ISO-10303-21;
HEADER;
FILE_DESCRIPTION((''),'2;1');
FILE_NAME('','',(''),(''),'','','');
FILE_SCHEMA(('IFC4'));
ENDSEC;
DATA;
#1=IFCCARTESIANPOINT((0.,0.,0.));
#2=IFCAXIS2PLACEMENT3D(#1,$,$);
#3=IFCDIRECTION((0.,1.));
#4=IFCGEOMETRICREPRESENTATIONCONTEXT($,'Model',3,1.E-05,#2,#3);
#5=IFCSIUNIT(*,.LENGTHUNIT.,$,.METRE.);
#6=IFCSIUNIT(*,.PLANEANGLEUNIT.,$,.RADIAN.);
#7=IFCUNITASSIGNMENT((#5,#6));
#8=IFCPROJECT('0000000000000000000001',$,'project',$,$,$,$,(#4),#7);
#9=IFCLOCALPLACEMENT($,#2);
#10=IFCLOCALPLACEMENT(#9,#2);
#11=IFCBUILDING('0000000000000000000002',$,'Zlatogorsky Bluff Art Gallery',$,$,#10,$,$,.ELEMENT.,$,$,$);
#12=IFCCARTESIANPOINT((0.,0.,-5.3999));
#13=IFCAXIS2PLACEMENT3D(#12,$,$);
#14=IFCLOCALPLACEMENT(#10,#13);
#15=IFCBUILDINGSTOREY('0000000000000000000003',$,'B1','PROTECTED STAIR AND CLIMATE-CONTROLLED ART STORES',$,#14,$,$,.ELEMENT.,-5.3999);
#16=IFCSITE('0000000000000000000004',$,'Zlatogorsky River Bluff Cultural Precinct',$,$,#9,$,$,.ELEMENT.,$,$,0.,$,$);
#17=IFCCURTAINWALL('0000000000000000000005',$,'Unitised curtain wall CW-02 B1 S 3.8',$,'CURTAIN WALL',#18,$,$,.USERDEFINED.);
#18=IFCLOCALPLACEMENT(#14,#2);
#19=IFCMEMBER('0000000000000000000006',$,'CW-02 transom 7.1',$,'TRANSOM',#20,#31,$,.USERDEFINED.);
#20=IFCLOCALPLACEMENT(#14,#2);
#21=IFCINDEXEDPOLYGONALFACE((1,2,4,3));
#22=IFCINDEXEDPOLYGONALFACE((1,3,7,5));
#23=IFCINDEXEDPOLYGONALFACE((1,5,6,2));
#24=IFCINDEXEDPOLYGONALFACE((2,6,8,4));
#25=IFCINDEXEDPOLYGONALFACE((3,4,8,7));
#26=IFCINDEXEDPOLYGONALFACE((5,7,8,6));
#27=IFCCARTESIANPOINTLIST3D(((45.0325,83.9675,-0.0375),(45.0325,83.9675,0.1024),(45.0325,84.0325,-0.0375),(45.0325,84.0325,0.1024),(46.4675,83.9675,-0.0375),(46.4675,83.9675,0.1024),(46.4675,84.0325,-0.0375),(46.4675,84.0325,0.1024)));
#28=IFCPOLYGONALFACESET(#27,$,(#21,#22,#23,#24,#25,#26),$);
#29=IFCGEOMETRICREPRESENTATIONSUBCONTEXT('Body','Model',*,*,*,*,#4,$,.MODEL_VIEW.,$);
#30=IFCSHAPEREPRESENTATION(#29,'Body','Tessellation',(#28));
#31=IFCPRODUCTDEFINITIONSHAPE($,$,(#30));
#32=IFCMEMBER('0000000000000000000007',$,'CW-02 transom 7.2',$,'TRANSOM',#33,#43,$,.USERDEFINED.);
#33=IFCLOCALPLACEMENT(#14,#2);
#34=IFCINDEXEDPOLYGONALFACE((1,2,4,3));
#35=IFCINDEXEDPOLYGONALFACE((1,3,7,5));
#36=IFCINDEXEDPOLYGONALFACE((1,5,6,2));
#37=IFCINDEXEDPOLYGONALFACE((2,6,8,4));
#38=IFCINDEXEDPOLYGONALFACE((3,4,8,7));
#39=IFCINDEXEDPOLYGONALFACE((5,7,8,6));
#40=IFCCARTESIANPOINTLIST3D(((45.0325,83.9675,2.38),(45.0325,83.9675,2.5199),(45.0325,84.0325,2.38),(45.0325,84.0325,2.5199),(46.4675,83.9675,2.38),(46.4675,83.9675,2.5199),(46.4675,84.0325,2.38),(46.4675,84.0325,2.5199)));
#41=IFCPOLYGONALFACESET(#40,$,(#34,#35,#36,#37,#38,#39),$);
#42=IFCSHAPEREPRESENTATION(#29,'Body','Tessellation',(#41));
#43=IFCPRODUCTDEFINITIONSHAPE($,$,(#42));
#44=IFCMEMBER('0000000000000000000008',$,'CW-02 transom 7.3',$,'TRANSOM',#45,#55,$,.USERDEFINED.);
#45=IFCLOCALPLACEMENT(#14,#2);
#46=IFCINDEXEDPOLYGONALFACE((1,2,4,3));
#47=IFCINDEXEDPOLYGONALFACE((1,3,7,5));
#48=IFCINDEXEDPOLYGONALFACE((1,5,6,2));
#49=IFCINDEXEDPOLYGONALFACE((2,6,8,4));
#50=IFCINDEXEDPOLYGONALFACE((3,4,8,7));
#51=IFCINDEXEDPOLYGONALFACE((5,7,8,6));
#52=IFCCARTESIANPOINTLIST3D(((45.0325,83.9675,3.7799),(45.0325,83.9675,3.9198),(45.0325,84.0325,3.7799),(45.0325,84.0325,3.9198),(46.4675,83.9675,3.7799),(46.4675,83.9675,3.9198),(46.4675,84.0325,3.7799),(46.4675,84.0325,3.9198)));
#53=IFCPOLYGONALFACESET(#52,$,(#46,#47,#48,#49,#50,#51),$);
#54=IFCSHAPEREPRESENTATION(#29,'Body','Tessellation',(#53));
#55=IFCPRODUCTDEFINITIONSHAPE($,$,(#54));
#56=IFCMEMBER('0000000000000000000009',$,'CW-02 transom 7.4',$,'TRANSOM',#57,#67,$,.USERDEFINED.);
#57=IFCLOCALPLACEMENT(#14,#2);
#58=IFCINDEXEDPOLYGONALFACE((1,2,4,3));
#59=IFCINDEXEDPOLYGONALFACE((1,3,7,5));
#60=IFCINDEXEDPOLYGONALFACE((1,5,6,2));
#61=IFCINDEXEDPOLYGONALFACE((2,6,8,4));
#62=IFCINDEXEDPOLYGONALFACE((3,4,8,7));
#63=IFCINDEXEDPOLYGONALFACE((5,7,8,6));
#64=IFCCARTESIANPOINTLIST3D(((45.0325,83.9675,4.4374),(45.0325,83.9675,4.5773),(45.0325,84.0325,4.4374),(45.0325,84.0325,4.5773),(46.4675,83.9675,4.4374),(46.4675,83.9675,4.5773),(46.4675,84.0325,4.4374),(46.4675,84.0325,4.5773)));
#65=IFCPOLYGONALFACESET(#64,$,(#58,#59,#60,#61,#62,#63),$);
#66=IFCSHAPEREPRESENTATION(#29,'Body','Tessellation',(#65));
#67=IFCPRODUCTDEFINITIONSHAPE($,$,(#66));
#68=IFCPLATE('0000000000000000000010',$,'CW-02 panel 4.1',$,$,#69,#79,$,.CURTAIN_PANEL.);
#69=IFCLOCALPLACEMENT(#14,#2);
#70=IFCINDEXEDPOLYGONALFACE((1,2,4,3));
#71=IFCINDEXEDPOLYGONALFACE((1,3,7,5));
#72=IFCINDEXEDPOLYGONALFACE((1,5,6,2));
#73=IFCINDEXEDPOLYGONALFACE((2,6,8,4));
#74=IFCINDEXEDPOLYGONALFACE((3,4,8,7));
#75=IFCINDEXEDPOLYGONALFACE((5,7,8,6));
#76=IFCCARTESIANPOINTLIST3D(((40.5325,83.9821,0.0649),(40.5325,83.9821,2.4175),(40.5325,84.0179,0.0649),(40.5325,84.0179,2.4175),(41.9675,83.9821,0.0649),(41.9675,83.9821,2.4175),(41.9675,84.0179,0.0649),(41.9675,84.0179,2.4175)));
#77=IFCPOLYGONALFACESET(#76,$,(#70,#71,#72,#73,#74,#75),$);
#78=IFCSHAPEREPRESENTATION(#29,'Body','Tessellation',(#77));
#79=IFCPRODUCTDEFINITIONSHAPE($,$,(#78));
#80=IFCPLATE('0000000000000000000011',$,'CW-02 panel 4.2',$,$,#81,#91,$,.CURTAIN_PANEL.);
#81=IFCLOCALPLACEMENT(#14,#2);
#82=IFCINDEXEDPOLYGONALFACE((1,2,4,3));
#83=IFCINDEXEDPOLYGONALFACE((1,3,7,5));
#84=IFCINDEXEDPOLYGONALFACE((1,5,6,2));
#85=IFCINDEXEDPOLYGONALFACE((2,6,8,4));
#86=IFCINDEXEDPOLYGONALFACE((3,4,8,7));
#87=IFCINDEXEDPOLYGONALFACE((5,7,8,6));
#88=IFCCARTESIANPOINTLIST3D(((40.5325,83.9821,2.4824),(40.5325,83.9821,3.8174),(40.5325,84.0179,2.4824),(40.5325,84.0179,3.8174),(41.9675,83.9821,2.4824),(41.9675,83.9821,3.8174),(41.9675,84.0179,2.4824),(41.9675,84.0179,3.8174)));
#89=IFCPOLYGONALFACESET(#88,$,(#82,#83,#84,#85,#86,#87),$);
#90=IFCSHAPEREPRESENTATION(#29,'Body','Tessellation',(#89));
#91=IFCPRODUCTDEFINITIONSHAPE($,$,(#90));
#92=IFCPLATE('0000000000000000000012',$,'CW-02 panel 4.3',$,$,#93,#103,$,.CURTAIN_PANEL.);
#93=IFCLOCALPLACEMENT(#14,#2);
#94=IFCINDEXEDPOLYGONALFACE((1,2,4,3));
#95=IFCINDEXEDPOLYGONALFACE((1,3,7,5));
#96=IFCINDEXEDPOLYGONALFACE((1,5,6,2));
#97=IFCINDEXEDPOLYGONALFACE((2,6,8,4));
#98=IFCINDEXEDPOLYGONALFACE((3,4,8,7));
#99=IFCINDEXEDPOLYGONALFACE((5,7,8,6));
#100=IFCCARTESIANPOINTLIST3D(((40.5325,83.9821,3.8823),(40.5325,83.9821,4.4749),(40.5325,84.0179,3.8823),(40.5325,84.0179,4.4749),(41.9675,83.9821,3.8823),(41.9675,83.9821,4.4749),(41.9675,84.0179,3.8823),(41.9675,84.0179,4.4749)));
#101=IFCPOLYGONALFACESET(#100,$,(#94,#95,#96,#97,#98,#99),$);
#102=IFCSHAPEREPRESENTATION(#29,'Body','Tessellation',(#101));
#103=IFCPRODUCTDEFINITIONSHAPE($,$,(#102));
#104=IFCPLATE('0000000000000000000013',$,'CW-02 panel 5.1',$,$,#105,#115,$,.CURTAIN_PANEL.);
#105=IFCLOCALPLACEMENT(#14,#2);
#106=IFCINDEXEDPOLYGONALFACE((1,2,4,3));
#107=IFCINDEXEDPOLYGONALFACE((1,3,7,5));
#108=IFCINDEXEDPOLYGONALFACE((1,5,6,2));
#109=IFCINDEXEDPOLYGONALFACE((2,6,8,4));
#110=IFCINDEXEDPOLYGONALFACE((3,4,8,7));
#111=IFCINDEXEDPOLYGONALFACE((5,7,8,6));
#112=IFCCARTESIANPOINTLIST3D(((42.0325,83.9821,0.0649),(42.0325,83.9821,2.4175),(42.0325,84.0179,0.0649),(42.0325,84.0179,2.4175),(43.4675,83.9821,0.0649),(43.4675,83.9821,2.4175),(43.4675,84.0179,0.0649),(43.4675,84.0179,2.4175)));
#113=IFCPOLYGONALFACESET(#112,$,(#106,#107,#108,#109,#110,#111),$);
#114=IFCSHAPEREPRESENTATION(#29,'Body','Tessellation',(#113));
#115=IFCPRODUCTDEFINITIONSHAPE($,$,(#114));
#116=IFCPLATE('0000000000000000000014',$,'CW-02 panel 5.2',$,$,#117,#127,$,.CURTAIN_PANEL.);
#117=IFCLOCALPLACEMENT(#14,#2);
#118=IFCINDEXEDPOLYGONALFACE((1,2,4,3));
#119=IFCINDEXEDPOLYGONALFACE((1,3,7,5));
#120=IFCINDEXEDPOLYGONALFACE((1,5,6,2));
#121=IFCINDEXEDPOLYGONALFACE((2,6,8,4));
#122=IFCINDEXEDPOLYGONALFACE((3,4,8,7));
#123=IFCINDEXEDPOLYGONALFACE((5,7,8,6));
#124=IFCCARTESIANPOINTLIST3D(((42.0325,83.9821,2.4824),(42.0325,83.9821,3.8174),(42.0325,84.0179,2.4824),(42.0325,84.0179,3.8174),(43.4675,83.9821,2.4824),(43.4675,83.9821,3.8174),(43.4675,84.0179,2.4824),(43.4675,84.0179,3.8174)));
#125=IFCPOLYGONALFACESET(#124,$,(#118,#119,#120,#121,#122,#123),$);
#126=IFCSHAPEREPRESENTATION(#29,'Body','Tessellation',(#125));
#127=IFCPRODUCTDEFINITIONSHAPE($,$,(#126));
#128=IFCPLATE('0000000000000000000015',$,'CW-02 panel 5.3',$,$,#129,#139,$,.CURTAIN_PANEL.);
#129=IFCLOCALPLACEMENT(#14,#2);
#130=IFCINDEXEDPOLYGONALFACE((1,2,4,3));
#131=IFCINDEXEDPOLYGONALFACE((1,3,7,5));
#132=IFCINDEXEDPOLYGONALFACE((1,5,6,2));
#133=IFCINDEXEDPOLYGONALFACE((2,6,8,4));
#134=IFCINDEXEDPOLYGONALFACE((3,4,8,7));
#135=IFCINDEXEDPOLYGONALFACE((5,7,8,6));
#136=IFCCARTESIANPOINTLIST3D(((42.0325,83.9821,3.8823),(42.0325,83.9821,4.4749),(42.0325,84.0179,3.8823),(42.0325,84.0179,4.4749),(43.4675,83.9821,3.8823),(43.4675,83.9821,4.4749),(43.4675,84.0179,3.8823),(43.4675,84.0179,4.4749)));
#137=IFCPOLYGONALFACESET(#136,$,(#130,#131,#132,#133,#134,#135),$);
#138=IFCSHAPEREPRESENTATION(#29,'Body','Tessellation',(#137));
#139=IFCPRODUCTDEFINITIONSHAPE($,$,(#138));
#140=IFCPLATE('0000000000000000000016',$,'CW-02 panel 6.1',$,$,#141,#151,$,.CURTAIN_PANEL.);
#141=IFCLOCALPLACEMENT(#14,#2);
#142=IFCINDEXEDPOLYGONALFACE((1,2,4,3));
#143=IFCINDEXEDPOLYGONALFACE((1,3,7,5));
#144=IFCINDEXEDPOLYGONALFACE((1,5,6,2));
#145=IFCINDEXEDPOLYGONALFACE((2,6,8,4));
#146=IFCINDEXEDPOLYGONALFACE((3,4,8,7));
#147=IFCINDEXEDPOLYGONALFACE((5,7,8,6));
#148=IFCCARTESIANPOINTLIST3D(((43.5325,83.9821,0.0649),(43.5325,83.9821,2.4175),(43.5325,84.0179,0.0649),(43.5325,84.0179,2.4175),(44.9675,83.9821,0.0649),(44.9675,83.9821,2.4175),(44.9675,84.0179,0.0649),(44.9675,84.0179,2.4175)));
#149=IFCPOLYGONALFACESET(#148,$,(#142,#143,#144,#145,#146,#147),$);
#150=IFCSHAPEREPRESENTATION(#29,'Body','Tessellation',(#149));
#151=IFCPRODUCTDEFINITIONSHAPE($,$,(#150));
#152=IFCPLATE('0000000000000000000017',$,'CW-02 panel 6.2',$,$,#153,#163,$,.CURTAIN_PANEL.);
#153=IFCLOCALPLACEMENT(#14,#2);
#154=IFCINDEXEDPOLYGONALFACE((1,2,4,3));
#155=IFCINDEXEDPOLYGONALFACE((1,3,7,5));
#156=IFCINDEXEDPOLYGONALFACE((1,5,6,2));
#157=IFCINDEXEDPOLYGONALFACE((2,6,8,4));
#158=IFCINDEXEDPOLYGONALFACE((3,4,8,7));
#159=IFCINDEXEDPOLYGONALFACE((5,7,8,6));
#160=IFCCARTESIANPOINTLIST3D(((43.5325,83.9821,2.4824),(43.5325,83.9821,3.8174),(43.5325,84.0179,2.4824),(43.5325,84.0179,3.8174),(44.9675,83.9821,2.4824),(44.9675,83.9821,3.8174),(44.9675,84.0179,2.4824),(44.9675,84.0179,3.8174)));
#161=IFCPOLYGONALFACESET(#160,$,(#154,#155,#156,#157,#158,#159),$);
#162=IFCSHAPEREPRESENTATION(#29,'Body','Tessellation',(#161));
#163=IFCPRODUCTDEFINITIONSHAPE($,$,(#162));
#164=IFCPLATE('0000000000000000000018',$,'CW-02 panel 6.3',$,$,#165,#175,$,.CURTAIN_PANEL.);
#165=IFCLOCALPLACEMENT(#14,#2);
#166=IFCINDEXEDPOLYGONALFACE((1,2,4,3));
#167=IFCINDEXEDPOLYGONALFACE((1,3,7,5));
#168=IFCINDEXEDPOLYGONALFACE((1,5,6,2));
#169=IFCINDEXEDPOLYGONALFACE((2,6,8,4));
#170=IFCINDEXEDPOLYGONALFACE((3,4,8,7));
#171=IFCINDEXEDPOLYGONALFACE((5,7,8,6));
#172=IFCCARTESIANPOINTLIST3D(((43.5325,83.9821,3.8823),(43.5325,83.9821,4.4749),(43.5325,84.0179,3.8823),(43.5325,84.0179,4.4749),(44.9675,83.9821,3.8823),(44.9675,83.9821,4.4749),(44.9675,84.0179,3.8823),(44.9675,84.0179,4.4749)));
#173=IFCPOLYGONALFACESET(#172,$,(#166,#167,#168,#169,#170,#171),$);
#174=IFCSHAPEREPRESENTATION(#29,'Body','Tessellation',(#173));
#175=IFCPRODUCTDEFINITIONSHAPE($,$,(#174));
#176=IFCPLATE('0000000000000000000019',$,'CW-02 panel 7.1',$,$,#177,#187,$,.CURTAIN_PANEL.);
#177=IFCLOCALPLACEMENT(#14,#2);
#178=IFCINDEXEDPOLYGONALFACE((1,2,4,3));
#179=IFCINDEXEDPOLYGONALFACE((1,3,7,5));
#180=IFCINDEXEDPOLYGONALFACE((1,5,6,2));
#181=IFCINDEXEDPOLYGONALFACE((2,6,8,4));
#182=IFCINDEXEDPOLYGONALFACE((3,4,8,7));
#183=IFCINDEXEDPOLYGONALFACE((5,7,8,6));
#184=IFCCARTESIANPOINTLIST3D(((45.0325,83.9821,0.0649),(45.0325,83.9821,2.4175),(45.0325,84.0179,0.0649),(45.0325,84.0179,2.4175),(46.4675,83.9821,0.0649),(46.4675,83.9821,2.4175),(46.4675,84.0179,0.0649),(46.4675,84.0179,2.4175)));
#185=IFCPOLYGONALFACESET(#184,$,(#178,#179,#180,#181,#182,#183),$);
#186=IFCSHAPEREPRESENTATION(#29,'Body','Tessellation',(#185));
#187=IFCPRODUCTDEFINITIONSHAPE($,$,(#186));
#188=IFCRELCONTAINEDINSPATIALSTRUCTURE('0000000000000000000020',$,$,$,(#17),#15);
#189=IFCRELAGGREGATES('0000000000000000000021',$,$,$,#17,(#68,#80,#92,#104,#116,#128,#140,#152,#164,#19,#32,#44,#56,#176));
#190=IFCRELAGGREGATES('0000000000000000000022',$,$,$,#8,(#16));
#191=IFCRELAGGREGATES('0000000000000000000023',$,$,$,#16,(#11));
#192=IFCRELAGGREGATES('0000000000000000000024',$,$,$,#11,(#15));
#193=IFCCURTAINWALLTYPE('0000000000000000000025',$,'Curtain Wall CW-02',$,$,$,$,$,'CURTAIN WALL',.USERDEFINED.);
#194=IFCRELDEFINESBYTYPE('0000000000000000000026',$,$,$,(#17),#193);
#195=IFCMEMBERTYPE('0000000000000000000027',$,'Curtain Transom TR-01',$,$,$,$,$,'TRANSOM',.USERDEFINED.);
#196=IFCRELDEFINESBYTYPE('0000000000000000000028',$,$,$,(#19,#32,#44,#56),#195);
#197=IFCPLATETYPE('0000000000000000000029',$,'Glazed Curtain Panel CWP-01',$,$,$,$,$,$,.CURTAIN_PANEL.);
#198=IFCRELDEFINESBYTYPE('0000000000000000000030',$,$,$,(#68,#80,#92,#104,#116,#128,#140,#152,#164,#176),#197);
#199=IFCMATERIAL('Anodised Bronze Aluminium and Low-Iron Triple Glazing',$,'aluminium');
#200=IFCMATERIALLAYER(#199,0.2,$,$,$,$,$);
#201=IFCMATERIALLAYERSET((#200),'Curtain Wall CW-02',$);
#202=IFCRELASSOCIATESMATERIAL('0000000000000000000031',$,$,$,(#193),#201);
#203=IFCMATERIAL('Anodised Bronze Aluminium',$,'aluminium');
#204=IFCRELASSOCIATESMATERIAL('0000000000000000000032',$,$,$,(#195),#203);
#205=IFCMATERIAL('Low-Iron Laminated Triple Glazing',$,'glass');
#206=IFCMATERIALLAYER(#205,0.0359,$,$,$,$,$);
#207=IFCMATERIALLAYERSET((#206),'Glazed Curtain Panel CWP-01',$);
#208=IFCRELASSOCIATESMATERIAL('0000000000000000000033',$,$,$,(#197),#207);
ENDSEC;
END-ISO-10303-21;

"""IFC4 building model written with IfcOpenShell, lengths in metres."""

from ifc_helpers import new_model, si_unit, direction, frame, origin, origin_2d, place, context, subcontext, project, spatial, rectangle, extrude, material, layer, layer_set, material_profile, profile_set, type_object, element, aggregate, save


model = new_model("IFC4")

# Units and contexts
model_context = context("Model", 3, precision=1e-05, world=origin(), true_north=direction((0.0, 1.0)))
body_context = subcontext(model_context, "Body", "Model", "MODEL_VIEW")
ifc_project = project(units=[si_unit("LENGTHUNIT", "METRE"), si_unit("PLANEANGLEUNIT", "RADIAN")], contexts=[model_context])

# Site, building, storey
site_placement = place(None, origin())
site = spatial("IfcSite", under=ifc_project, at=site_placement, Name="Zlatogorsky River Bluff Cultural Precinct", CompositionType="ELEMENT", RefElevation=0.0)
building_placement = place(site_placement, origin())
building = spatial("IfcBuilding", under=site, at=building_placement, Name="Zlatogorsky Bluff Art Gallery", CompositionType="ELEMENT")
storey_placement = place(building_placement, frame((0.0, 0.0, -5.3999)))
storey = spatial("IfcBuildingStorey", under=building, at=storey_placement, Name="B1", Description="PROTECTED STAIR AND CLIMATE-CONTROLLED ART STORES", CompositionType="ELEMENT", Elevation=-5.3999)

# Curtain wall, members, plates
ifc_material_1 = material(Name="Anodised Bronze Aluminium and Low-Iron Triple Glazing", Category="aluminium")
ifc_layer_1 = layer(ifc_material_1, 0.2)
ifc_layer_set_1 = layer_set([ifc_layer_1], Name="Curtain Wall CW-02")
curtain_wall_type = type_object("IfcCurtainWallType", Name="Curtain Wall CW-02", ElementType="CURTAIN WALL", PredefinedType="USERDEFINED", material=ifc_layer_set_1)
curtain_wall_placement = place(storey_placement, origin())
curtain_wall = element("IfcCurtainWall", 1, at=curtain_wall_placement, inside=storey, type_object=curtain_wall_type, Name="Unitised curtain wall CW-02 B1 S 3.8", ObjectType="CURTAIN WALL", PredefinedType="USERDEFINED")
ifc_material_2 = material(Name="Anodised Bronze Aluminium", Category="aluminium")
ifc_material_profile_1 = material_profile(ifc_material_2, rectangle(XDim=0.0649, YDim=0.1399, at=origin_2d()), Name="ALU TRANSOM 65x140")
ifc_profile_set_1 = profile_set([ifc_material_profile_1], Name="Anodised Bronze Aluminium")
member_type_1 = type_object("IfcMemberType", Name="Curtain Transom TR-01", ElementType="TRANSOM", PredefinedType="USERDEFINED", material=ifc_profile_set_1)
member_1_placement = place(storey_placement, frame((45.0325, 84.0, 0.0325), z_axis=(1.0, 0.0, 0.0), x_axis=(0.0, 1.0, 0.0)))
member_1 = element("IfcMember", 2, at=member_1_placement, type_object=member_type_1, Name="CW-02 transom 7.1", ObjectType="TRANSOM", PredefinedType="USERDEFINED", context=body_context, shape_type="SweptSolid", body=[
    extrude(rectangle(XDim=0.0649, YDim=0.1399, at=origin_2d()), origin(), (0.0, 0.0, 1.0), 1.4351),
])
member_2_placement = place(storey_placement, frame((45.0325, 84.0, 2.45), z_axis=(1.0, 0.0, 0.0), x_axis=(0.0, 1.0, 0.0)))
member_2 = element("IfcMember", 3, at=member_2_placement, type_object=member_type_1, Name="CW-02 transom 7.2", ObjectType="TRANSOM", PredefinedType="USERDEFINED", context=body_context, shape_type="SweptSolid", body=[
    extrude(rectangle(XDim=0.0649, YDim=0.1399, at=origin_2d()), origin(), (0.0, 0.0, 1.0), 1.4351),
])
member_3_placement = place(storey_placement, frame((45.0325, 84.0, 3.8499), z_axis=(1.0, 0.0, 0.0), x_axis=(0.0, 1.0, 0.0)))
member_3 = element("IfcMember", 4, at=member_3_placement, type_object=member_type_1, Name="CW-02 transom 7.3", ObjectType="TRANSOM", PredefinedType="USERDEFINED", context=body_context, shape_type="SweptSolid", body=[
    extrude(rectangle(XDim=0.0649, YDim=0.1399, at=origin_2d()), origin(), (0.0, 0.0, 1.0), 1.4351),
])
member_4_placement = place(storey_placement, frame((45.0325, 84.0, 4.5073), z_axis=(1.0, 0.0, 0.0), x_axis=(0.0, 1.0, 0.0)))
member_4 = element("IfcMember", 5, at=member_4_placement, type_object=member_type_1, Name="CW-02 transom 7.4", ObjectType="TRANSOM", PredefinedType="USERDEFINED", context=body_context, shape_type="SweptSolid", body=[
    extrude(rectangle(XDim=0.0649, YDim=0.1399, at=origin_2d()), origin(), (0.0, 0.0, 1.0), 1.4351),
])
ifc_material_3 = material(Name="Low-Iron Laminated Triple Glazing", Category="glass")
ifc_layer_2 = layer(ifc_material_3, 0.0359)
ifc_layer_set_2 = layer_set([ifc_layer_2], Name="Glazed Curtain Panel CWP-01")
plate_type = type_object("IfcPlateType", Name="Glazed Curtain Panel CWP-01", PredefinedType="CURTAIN_PANEL", material=ifc_layer_set_2)
plate_1_placement = place(storey_placement, frame((41.25, 84.0, 0.0649), z_axis=(0.0, 0.0, 1.0), x_axis=(1.0, 0.0, 0.0)))
plate_1 = element("IfcPlate", 6, at=plate_1_placement, type_object=plate_type, Name="CW-02 panel 4.1", PredefinedType="CURTAIN_PANEL", context=body_context, shape_type="SweptSolid", body=[
    extrude(rectangle(XDim=1.4351, YDim=0.0359, at=origin_2d()), origin(), (0.0, 0.0, 1.0), 2.3525),
])
plate_2_placement = place(storey_placement, frame((41.25, 84.0, 2.4824), z_axis=(0.0, 0.0, 1.0), x_axis=(1.0, 0.0, 0.0)))
plate_2 = element("IfcPlate", 7, at=plate_2_placement, type_object=plate_type, Name="CW-02 panel 4.2", PredefinedType="CURTAIN_PANEL", context=body_context, shape_type="SweptSolid", body=[
    extrude(rectangle(XDim=1.4351, YDim=0.0359, at=origin_2d()), origin(), (0.0, 0.0, 1.0), 1.335),
])
plate_3_placement = place(storey_placement, frame((41.25, 84.0, 3.8823), z_axis=(0.0, 0.0, 1.0), x_axis=(1.0, 0.0, 0.0)))
plate_3 = element("IfcPlate", 8, at=plate_3_placement, type_object=plate_type, Name="CW-02 panel 4.3", PredefinedType="CURTAIN_PANEL", context=body_context, shape_type="SweptSolid", body=[
    extrude(rectangle(XDim=1.4351, YDim=0.0359, at=origin_2d()), origin(), (0.0, 0.0, 1.0), 0.5925),
])
plate_4_placement = place(storey_placement, frame((42.75, 84.0, 0.0649), z_axis=(0.0, 0.0, 1.0), x_axis=(1.0, 0.0, 0.0)))
plate_4 = element("IfcPlate", 9, at=plate_4_placement, type_object=plate_type, Name="CW-02 panel 5.1", PredefinedType="CURTAIN_PANEL", context=body_context, shape_type="SweptSolid", body=[
    extrude(rectangle(XDim=1.4351, YDim=0.0359, at=origin_2d()), origin(), (0.0, 0.0, 1.0), 2.3525),
])
plate_5_placement = place(storey_placement, frame((42.75, 84.0, 2.4824), z_axis=(0.0, 0.0, 1.0), x_axis=(1.0, 0.0, 0.0)))
plate_5 = element("IfcPlate", 10, at=plate_5_placement, type_object=plate_type, Name="CW-02 panel 5.2", PredefinedType="CURTAIN_PANEL", context=body_context, shape_type="SweptSolid", body=[
    extrude(rectangle(XDim=1.4351, YDim=0.0359, at=origin_2d()), origin(), (0.0, 0.0, 1.0), 1.335),
])
plate_6_placement = place(storey_placement, frame((42.75, 84.0, 3.8823), z_axis=(0.0, 0.0, 1.0), x_axis=(1.0, 0.0, 0.0)))
plate_6 = element("IfcPlate", 11, at=plate_6_placement, type_object=plate_type, Name="CW-02 panel 5.3", PredefinedType="CURTAIN_PANEL", context=body_context, shape_type="SweptSolid", body=[
    extrude(rectangle(XDim=1.4351, YDim=0.0359, at=origin_2d()), origin(), (0.0, 0.0, 1.0), 0.5925),
])
plate_7_placement = place(storey_placement, frame((44.25, 84.0, 0.0649), z_axis=(0.0, 0.0, 1.0), x_axis=(1.0, 0.0, 0.0)))
plate_7 = element("IfcPlate", 12, at=plate_7_placement, type_object=plate_type, Name="CW-02 panel 6.1", PredefinedType="CURTAIN_PANEL", context=body_context, shape_type="SweptSolid", body=[
    extrude(rectangle(XDim=1.4351, YDim=0.0359, at=origin_2d()), origin(), (0.0, 0.0, 1.0), 2.3525),
])
plate_8_placement = place(storey_placement, frame((44.25, 84.0, 2.4824), z_axis=(0.0, 0.0, 1.0), x_axis=(1.0, 0.0, 0.0)))
plate_8 = element("IfcPlate", 13, at=plate_8_placement, type_object=plate_type, Name="CW-02 panel 6.2", PredefinedType="CURTAIN_PANEL", context=body_context, shape_type="SweptSolid", body=[
    extrude(rectangle(XDim=1.4351, YDim=0.0359, at=origin_2d()), origin(), (0.0, 0.0, 1.0), 1.335),
])
plate_9_placement = place(storey_placement, frame((44.25, 84.0, 3.8823), z_axis=(0.0, 0.0, 1.0), x_axis=(1.0, 0.0, 0.0)))
plate_9 = element("IfcPlate", 14, at=plate_9_placement, type_object=plate_type, Name="CW-02 panel 6.3", PredefinedType="CURTAIN_PANEL", context=body_context, shape_type="SweptSolid", body=[
    extrude(rectangle(XDim=1.4351, YDim=0.0359, at=origin_2d()), origin(), (0.0, 0.0, 1.0), 0.5925),
])
plate_10_placement = place(storey_placement, frame((45.75, 84.0, 0.0649), z_axis=(0.0, 0.0, 1.0), x_axis=(1.0, 0.0, 0.0)))
plate_10 = element("IfcPlate", 15, at=plate_10_placement, type_object=plate_type, Name="CW-02 panel 7.1", PredefinedType="CURTAIN_PANEL", context=body_context, shape_type="SweptSolid", body=[
    extrude(rectangle(XDim=1.4351, YDim=0.0359, at=origin_2d()), origin(), (0.0, 0.0, 1.0), 2.3525),
])
aggregate(curtain_wall, [plate_1, plate_2, plate_3, plate_4, plate_5, plate_6, plate_7, plate_8, plate_9, member_1, member_2, member_3, member_4, plate_10])

save(model, "model.ifc")
